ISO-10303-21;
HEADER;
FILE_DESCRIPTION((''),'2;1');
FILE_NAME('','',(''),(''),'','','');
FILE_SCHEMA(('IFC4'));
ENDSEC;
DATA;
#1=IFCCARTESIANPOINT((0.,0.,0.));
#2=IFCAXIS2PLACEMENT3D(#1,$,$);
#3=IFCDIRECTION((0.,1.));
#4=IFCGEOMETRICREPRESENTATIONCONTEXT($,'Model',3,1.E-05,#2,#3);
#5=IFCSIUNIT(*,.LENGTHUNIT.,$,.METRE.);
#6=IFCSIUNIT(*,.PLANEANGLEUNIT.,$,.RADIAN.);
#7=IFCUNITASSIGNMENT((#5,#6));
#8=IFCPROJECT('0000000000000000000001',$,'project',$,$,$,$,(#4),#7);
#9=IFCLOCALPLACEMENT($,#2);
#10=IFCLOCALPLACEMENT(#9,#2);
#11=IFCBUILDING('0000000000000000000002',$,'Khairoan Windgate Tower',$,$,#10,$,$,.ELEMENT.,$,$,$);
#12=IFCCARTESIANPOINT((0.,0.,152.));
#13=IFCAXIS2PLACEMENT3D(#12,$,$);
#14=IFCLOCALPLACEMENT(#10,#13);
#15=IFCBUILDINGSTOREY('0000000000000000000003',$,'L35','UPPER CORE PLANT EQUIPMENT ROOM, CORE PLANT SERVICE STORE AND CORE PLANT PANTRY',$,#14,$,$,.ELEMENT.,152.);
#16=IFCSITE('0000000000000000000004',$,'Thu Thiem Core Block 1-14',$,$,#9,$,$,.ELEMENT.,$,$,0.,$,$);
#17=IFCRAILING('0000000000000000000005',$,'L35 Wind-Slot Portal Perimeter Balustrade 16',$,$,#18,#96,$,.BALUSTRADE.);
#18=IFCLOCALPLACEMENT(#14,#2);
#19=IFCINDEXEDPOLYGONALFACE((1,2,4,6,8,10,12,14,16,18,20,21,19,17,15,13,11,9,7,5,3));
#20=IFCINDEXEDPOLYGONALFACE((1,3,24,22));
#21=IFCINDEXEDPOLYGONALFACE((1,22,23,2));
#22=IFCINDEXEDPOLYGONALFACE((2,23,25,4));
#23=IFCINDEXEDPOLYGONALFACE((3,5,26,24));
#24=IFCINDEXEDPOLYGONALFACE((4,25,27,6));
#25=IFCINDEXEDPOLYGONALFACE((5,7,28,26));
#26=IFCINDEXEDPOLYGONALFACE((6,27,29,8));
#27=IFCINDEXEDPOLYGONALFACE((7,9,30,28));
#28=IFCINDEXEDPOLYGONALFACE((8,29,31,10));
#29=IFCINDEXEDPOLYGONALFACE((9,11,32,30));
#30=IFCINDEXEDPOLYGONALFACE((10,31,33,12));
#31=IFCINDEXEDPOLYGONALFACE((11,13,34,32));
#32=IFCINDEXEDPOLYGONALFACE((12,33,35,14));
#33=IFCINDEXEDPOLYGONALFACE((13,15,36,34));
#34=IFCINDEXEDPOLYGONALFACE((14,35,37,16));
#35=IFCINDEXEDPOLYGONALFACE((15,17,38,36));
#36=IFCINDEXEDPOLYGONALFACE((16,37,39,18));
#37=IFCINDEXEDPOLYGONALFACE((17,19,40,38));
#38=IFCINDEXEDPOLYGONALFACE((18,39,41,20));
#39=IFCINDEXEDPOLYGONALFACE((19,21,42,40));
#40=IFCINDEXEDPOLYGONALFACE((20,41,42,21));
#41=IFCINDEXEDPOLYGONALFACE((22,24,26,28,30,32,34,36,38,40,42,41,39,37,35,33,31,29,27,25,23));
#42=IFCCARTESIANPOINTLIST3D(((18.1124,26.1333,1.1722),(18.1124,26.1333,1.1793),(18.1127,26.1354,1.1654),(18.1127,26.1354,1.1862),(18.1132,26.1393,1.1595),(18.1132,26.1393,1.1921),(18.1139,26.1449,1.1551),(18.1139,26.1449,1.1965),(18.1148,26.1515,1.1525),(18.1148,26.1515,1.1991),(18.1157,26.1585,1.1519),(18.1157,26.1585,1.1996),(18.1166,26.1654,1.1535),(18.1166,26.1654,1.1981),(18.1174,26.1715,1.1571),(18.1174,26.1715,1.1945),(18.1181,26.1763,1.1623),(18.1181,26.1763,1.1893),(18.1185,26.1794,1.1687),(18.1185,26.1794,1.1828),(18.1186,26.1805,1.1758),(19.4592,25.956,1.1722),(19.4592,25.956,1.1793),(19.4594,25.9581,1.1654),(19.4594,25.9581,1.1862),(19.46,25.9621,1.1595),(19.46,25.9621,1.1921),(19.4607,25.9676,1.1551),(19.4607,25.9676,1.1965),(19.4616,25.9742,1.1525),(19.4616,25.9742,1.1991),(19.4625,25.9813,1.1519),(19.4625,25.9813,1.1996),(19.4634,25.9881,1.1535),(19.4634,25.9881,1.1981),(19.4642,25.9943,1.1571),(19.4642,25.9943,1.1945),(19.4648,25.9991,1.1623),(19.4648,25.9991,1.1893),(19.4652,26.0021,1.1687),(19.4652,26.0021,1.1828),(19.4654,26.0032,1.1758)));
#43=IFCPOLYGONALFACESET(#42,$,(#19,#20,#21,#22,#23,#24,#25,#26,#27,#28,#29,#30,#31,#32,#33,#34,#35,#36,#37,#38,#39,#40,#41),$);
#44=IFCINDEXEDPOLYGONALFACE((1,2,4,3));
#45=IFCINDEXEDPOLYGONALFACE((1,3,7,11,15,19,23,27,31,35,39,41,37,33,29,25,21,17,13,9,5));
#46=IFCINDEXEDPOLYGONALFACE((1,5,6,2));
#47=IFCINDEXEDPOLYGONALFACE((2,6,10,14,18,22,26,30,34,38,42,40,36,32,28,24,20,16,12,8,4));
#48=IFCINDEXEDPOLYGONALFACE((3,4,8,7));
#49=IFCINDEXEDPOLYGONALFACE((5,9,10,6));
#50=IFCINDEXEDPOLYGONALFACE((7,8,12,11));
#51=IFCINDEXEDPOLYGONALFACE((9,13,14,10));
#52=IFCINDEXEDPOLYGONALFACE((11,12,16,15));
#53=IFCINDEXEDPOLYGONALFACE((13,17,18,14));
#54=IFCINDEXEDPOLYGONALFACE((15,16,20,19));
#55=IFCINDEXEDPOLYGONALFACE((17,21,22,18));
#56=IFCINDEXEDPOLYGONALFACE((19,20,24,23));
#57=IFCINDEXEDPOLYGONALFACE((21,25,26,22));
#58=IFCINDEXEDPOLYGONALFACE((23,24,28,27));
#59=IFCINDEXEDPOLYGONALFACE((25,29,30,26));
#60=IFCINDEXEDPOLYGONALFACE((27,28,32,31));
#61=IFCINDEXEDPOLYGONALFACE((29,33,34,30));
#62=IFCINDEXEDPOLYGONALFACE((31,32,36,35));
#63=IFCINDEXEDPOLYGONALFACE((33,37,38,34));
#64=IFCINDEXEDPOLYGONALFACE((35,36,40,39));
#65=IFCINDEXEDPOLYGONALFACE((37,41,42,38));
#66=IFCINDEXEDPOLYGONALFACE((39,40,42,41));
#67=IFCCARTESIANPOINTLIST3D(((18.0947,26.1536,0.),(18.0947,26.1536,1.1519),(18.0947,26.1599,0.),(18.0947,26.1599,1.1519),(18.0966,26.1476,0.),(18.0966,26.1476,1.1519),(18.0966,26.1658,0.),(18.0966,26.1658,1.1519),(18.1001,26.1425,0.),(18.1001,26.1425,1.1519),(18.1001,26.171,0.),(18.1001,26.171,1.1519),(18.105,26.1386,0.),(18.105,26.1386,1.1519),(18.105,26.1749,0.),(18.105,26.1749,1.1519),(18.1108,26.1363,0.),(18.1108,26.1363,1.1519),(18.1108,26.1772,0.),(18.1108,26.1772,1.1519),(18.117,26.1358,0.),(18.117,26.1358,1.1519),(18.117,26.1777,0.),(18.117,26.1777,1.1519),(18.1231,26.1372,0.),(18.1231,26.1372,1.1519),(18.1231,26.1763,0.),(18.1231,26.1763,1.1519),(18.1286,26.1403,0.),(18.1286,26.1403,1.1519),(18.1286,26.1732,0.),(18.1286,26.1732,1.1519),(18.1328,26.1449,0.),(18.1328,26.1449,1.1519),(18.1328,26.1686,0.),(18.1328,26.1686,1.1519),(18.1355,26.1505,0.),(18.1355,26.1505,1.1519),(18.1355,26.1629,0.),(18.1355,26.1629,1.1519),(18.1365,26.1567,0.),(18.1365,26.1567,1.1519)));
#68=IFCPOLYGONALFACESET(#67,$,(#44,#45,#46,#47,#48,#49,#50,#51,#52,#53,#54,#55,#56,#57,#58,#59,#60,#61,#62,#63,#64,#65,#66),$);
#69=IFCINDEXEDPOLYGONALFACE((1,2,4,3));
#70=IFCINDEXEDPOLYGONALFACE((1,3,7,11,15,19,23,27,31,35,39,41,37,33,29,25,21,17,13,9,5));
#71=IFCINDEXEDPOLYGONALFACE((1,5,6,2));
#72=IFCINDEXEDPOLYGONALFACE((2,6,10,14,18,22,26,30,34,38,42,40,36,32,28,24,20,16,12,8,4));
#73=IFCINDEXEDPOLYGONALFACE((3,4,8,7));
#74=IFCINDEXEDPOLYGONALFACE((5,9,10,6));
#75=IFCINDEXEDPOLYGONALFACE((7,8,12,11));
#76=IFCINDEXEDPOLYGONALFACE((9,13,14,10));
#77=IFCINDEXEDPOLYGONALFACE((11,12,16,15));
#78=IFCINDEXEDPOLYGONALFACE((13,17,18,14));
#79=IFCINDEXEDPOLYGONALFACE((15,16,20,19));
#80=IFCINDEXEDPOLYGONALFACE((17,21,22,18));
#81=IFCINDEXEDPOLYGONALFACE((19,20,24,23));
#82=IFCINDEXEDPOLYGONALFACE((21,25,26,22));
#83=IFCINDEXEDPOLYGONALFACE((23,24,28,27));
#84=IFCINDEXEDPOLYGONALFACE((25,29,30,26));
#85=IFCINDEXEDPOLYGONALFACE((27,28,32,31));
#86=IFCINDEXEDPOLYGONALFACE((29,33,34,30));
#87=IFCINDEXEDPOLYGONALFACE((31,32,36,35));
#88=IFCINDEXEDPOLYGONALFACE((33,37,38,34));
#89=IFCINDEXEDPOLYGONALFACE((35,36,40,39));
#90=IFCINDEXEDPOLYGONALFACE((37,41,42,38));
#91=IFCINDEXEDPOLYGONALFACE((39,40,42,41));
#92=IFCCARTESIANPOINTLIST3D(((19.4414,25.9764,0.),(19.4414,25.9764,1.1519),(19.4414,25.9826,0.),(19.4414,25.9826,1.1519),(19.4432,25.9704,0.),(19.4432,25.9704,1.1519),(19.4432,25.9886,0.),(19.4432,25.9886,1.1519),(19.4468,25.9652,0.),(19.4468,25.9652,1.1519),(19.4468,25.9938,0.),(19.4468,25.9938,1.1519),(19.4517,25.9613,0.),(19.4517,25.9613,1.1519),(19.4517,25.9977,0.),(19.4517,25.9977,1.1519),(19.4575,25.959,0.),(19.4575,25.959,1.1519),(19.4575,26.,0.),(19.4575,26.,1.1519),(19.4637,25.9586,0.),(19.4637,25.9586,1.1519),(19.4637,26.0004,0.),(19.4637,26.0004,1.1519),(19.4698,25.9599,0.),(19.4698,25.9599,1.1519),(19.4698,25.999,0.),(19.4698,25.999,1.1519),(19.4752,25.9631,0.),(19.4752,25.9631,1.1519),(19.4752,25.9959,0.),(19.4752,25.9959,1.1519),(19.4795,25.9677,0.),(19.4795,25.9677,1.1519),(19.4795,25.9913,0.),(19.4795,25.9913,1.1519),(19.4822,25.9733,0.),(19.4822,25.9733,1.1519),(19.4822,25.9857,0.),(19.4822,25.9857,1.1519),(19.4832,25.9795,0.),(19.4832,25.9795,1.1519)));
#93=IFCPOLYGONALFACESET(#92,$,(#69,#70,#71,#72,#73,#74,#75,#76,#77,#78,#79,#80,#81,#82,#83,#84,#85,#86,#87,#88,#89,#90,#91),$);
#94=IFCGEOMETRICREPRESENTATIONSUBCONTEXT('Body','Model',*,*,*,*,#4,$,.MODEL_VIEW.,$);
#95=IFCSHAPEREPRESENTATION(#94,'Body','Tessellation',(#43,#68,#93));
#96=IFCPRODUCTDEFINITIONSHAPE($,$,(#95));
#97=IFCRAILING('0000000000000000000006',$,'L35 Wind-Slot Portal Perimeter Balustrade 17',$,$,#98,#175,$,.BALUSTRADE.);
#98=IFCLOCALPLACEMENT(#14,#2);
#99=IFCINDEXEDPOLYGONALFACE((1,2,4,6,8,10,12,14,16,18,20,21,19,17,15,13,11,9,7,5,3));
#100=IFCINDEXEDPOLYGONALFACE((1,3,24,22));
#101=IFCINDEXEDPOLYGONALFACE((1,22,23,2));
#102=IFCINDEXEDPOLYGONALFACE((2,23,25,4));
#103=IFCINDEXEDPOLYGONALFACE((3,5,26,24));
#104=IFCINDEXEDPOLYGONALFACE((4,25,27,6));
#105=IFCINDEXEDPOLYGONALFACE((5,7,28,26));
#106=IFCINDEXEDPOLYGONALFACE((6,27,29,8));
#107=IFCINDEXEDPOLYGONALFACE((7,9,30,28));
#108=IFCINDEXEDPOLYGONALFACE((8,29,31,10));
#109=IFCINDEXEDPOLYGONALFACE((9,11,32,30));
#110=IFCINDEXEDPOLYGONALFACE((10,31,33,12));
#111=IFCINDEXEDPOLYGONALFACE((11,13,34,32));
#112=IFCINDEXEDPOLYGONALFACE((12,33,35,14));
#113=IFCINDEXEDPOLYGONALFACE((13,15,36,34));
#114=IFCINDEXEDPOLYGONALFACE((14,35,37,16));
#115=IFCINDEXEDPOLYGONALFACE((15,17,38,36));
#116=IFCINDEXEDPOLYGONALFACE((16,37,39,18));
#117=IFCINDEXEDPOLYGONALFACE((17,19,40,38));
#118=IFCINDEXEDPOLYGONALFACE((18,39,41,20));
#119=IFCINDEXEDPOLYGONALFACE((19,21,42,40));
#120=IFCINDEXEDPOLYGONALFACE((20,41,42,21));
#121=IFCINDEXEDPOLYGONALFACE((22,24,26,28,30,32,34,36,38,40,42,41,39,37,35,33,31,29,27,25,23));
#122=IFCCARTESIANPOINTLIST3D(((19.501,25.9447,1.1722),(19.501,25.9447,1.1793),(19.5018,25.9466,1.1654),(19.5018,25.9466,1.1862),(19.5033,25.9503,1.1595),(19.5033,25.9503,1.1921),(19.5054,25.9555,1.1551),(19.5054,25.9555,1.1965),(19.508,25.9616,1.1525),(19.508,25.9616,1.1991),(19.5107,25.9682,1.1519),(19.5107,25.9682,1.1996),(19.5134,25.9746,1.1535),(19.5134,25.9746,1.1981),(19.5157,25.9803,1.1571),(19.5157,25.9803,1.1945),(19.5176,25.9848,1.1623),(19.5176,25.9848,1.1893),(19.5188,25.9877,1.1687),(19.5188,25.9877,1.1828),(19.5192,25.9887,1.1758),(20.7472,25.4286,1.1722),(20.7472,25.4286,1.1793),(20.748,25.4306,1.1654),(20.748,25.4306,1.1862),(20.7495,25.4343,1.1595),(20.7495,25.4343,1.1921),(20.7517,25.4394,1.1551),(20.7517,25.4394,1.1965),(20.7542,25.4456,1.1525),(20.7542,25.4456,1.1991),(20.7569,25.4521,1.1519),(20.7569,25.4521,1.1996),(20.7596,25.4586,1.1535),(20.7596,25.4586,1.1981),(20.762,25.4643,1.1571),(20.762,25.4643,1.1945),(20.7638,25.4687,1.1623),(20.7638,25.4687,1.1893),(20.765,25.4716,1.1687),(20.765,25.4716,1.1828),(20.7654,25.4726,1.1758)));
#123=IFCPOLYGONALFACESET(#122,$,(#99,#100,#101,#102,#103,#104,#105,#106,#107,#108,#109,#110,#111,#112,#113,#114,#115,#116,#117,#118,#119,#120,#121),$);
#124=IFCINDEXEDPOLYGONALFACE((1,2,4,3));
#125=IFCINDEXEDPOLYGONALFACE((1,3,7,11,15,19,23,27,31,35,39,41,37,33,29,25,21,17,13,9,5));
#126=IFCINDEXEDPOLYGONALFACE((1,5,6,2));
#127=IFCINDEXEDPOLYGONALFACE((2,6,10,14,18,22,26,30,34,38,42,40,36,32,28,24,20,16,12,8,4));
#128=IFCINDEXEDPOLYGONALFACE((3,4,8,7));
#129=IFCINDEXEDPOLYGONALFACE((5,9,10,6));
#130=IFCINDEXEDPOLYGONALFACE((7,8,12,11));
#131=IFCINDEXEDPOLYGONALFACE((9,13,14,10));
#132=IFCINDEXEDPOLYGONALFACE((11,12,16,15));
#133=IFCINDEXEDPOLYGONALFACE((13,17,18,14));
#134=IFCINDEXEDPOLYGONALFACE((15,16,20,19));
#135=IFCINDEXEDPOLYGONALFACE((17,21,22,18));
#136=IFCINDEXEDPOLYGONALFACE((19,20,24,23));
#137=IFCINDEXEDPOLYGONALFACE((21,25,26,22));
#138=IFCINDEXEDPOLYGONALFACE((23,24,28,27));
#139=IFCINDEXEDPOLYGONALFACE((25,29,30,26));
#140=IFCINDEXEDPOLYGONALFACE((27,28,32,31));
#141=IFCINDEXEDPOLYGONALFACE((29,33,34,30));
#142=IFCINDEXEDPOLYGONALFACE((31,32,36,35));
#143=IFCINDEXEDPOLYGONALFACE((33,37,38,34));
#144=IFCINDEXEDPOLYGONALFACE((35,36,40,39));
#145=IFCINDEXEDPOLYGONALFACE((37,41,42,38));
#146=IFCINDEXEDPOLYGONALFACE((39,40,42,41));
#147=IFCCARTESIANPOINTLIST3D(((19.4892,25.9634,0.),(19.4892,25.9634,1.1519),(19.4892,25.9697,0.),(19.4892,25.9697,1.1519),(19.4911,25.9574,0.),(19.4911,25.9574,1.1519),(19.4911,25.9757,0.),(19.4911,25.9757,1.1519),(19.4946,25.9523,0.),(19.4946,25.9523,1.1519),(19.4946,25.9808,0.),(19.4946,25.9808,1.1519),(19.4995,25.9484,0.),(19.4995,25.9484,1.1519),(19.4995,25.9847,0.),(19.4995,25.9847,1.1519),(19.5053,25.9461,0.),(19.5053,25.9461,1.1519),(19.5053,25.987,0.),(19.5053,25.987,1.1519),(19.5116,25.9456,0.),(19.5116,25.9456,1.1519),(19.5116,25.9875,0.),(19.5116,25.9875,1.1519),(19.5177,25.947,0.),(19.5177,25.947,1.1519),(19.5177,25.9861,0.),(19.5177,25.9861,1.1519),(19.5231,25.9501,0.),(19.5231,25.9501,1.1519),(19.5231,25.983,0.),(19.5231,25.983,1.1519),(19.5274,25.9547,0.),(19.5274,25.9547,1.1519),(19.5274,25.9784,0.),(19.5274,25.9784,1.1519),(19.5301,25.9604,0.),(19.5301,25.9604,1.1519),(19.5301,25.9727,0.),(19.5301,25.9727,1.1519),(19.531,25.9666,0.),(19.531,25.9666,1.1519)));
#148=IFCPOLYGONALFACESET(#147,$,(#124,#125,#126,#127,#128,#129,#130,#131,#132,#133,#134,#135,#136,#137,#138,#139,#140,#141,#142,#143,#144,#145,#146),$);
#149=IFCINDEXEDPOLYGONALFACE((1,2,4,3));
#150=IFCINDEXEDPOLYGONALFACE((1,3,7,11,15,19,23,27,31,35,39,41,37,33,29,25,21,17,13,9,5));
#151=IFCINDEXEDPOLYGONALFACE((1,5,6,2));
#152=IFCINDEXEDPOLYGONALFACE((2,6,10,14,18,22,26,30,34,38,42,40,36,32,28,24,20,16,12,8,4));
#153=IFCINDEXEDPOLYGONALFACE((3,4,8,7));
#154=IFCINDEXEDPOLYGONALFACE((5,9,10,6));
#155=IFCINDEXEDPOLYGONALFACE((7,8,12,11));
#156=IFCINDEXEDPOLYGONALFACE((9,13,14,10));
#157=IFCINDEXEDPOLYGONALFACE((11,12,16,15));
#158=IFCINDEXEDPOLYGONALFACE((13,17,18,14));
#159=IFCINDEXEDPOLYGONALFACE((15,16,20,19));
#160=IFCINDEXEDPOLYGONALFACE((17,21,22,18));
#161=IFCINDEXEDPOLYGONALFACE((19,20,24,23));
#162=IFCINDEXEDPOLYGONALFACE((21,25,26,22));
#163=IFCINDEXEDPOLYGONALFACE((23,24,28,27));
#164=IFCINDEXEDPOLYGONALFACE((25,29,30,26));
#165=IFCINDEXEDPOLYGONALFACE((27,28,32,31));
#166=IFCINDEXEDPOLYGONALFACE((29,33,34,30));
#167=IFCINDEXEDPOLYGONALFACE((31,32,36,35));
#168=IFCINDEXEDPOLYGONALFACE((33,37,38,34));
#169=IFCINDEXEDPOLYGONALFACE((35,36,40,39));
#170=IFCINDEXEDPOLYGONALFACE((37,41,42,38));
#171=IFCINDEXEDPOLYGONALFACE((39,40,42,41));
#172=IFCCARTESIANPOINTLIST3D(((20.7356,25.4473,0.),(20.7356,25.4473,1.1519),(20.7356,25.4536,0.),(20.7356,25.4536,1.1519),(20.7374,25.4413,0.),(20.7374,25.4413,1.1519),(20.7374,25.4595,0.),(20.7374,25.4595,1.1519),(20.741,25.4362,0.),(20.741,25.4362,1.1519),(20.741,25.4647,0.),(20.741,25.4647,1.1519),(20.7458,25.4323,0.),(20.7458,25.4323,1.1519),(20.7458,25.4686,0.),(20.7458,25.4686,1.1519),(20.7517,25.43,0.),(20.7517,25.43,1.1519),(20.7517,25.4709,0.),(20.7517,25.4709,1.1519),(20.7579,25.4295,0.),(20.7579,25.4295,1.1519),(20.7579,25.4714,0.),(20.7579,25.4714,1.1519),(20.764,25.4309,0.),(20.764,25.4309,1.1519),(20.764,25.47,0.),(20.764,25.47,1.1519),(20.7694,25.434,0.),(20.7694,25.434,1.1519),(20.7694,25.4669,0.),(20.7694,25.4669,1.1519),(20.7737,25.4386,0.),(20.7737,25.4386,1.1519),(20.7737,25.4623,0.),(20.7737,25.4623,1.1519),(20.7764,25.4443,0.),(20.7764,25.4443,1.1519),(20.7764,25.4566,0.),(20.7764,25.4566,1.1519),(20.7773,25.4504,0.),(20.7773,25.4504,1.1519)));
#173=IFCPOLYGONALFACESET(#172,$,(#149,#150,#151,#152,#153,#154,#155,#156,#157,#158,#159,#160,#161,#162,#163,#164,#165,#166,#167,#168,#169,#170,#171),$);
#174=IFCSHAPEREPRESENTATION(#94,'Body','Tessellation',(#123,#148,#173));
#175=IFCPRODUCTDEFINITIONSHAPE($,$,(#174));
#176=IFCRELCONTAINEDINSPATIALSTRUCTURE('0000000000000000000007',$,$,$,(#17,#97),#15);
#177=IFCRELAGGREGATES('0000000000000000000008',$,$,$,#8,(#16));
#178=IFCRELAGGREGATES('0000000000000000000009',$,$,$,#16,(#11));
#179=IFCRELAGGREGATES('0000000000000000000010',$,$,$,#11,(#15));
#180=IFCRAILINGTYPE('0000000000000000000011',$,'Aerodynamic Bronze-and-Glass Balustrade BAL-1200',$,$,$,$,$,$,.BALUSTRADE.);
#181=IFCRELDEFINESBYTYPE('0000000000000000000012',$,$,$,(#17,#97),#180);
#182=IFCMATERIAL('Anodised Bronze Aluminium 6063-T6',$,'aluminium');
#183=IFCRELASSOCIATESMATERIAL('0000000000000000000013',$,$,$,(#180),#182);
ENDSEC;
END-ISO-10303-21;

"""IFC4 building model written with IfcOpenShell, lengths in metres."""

from ifc_helpers import new_model, si_unit, direction, frame, origin, origin_2d, place, context, subcontext, project, spatial, circle, extrude, material, type_object, element, save


model = new_model("IFC4")

# Units and contexts
model_context = context("Model", 3, precision=1e-05, world=origin(), true_north=direction((0.0, 1.0)))
body_context = subcontext(model_context, "Body", "Model", "MODEL_VIEW")
ifc_project = project(units=[si_unit("LENGTHUNIT", "METRE"), si_unit("PLANEANGLEUNIT", "RADIAN")], contexts=[model_context])

# Site, building, storey
site_placement = place(None, origin())
site = spatial("IfcSite", under=ifc_project, at=site_placement, Name="Thu Thiem Core Block 1-14", CompositionType="ELEMENT", RefElevation=0.0)
building_placement = place(site_placement, origin())
building = spatial("IfcBuilding", under=site, at=building_placement, Name="Khairoan Windgate Tower", CompositionType="ELEMENT")
storey_placement = place(building_placement, frame((0.0, 0.0, 152.0)))
storey = spatial("IfcBuildingStorey", under=building, at=storey_placement, Name="L35", Description="UPPER CORE PLANT EQUIPMENT ROOM, CORE PLANT SERVICE STORE AND CORE PLANT PANTRY", CompositionType="ELEMENT", Elevation=152.0)

# Railings
ifc_material_1 = material(Name="Anodised Bronze Aluminium 6063-T6", Category="aluminium")
railing_type = type_object("IfcRailingType", Name="Aerodynamic Bronze-and-Glass Balustrade BAL-1200", PredefinedType="BALUSTRADE", material=ifc_material_1)
railing_1_placement = place(storey_placement, frame((18.1155, 26.1567, 0.0)))
element("IfcRailing", 1, at=railing_1_placement, inside=storey, type_object=railing_type, Name="L35 Wind-Slot Portal Perimeter Balustrade 16", PredefinedType="BALUSTRADE", context=body_context, shape_type="SweptSolid", body=[
    extrude(circle(Radius=0.0239, at=origin_2d()), frame((0.0, 0.0, 1.1758), z_axis=(0.991449, -0.130492, 0.0), x_axis=(0.130492, 0.991449, 0.0)), (0.0, 0.0, 1.0), 1.3584),
    extrude(circle(Radius=0.021, at=origin_2d()), origin(), (0.0, 0.0, 1.0), 1.1519),
    extrude(circle(Radius=0.021, at=origin_2d()), frame((1.3467, -0.1772, 0.0)), (0.0, 0.0, 1.0), 1.1519),
])
railing_2_placement = place(storey_placement, frame((19.51, 25.9666, 0.0)))
element("IfcRailing", 2, at=railing_2_placement, inside=storey, type_object=railing_type, Name="L35 Wind-Slot Portal Perimeter Balustrade 17", PredefinedType="BALUSTRADE", context=body_context, shape_type="SweptSolid", body=[
    extrude(circle(Radius=0.0239, at=origin_2d()), frame((0.0, 0.0, 1.1758), z_axis=(0.923915, -0.382597, 0.0), x_axis=(0.382597, 0.923915, 0.0)), (0.0, 0.0, 1.0), 1.3489),
    extrude(circle(Radius=0.021, at=origin_2d()), origin(), (0.0, 0.0, 1.0), 1.1519),
    extrude(circle(Radius=0.021, at=origin_2d()), frame((1.2463, -0.5161, 0.0)), (0.0, 0.0, 1.0), 1.1519),
])

save(model, "model.ifc")
